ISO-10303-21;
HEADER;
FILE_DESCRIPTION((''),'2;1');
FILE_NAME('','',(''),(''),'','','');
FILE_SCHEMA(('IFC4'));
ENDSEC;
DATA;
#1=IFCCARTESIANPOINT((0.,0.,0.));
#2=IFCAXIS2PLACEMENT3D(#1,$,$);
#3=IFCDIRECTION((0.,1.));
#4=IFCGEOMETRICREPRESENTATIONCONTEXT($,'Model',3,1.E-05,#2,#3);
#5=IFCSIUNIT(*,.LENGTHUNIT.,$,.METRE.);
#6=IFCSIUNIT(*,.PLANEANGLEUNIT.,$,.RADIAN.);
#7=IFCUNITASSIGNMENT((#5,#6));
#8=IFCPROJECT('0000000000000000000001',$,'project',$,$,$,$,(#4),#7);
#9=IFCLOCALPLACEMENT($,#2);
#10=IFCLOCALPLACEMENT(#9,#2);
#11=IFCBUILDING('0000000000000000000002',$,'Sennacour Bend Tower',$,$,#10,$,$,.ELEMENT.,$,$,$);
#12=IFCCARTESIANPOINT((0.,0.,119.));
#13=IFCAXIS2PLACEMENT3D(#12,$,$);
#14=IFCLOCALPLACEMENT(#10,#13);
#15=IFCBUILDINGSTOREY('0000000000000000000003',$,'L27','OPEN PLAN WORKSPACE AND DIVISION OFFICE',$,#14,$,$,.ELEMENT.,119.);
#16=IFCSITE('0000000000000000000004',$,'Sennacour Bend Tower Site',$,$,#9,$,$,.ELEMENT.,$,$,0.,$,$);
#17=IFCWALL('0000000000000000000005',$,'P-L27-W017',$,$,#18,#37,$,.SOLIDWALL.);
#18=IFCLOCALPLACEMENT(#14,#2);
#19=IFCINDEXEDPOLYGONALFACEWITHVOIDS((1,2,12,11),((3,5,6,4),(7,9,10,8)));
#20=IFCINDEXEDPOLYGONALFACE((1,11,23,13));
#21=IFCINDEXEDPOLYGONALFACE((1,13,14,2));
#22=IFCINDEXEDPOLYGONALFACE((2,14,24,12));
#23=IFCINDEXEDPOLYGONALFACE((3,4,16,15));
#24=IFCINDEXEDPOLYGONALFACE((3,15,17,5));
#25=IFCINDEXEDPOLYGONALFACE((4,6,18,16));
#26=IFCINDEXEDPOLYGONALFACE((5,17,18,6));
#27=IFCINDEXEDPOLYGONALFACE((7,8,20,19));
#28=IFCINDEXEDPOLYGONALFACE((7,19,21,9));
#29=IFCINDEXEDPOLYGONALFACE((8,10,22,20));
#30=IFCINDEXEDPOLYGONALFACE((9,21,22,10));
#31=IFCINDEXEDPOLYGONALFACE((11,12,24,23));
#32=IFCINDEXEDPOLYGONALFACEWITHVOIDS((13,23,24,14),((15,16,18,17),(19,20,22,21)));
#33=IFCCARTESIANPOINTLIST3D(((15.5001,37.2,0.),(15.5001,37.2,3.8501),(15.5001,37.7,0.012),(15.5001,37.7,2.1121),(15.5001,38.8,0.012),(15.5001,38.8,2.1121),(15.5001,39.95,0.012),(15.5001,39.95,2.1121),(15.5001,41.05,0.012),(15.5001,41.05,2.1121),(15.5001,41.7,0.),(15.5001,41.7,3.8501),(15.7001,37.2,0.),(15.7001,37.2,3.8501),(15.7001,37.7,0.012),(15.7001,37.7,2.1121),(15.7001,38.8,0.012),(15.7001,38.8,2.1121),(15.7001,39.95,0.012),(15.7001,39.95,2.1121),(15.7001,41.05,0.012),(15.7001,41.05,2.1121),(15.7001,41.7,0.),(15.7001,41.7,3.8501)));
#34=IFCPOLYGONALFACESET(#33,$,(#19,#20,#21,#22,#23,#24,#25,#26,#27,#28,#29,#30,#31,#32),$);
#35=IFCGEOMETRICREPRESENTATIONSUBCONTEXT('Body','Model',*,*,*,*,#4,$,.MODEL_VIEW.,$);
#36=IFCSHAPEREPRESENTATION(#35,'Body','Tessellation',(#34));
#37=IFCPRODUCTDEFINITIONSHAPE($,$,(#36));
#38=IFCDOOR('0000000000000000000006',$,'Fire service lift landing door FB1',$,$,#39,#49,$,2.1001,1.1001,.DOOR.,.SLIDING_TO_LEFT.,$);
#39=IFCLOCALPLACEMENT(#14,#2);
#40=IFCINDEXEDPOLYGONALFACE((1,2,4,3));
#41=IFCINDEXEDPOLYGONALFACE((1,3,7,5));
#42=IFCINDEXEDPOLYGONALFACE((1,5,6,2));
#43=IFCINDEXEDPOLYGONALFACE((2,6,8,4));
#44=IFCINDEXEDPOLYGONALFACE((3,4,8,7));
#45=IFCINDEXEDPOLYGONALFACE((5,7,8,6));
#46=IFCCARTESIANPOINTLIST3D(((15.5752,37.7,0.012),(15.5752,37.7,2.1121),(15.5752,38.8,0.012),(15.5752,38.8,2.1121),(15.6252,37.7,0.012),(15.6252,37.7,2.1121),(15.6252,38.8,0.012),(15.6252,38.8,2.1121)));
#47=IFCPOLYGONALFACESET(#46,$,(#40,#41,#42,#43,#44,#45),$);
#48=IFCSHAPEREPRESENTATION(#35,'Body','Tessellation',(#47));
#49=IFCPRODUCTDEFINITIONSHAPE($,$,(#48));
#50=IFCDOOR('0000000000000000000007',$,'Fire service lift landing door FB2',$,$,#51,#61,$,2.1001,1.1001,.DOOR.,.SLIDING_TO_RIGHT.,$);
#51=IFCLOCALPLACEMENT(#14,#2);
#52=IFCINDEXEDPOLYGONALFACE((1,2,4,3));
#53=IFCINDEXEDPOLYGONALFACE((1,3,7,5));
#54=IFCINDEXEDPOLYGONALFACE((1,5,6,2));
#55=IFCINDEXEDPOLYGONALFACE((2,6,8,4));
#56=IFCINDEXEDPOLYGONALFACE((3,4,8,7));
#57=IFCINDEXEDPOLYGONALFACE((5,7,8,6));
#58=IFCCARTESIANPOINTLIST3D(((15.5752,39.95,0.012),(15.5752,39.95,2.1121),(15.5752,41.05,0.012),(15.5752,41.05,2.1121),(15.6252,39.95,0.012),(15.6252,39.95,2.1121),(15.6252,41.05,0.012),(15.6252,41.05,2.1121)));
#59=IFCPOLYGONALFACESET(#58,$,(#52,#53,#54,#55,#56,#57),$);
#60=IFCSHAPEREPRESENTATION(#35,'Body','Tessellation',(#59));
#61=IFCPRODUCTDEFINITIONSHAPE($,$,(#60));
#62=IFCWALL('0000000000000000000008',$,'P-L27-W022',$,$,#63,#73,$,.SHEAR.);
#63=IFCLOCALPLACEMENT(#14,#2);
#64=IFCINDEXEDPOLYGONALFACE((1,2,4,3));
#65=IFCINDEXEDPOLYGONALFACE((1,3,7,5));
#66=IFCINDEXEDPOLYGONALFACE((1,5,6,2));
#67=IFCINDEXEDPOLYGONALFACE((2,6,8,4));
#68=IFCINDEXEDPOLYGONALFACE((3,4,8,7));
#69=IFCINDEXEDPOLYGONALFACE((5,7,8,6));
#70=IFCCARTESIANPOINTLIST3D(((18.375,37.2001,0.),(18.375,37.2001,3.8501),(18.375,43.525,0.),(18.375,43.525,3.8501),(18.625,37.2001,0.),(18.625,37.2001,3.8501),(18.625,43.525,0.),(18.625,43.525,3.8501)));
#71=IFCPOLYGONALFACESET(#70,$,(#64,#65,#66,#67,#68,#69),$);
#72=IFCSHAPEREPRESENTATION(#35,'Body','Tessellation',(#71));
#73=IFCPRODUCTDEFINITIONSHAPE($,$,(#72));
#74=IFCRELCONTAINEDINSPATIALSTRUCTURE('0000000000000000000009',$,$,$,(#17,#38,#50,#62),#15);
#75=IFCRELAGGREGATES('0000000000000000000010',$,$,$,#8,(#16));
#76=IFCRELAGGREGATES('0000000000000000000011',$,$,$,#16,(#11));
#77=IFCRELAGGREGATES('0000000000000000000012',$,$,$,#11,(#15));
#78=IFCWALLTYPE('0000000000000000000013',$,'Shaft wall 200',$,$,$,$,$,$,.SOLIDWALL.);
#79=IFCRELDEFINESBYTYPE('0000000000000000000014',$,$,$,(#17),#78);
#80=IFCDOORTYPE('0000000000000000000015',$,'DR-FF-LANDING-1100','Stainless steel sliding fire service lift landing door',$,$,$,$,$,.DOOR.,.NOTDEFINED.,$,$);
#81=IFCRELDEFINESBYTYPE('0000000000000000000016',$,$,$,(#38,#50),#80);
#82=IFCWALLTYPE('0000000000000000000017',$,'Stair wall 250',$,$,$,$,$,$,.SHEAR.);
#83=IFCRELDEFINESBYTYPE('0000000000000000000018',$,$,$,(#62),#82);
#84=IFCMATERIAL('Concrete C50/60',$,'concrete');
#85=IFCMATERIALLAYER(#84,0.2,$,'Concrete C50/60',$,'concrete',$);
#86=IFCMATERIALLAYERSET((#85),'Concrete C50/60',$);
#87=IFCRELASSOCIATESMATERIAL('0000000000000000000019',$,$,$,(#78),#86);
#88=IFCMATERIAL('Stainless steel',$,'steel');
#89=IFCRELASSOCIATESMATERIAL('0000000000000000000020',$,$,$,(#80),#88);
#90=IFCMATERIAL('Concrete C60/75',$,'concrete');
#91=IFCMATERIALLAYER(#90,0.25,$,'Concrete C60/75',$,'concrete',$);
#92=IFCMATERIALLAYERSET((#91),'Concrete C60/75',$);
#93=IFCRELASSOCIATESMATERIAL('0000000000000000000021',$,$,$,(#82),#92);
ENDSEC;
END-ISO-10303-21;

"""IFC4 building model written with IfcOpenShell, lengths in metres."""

from ifc_helpers import new_model, si_unit, direction, frame, frame_2d, origin, place, context, subcontext, project, spatial, rectangle, extrude, material, layer, layer_set, type_object, element, fill, save


model = new_model("IFC4")

# Units and contexts
model_context = context("Model", 3, precision=1e-05, world=origin(), true_north=direction((0.0, 1.0)))
body_context = subcontext(model_context, "Body", "Model", "MODEL_VIEW")
ifc_project = project(units=[si_unit("LENGTHUNIT", "METRE"), si_unit("PLANEANGLEUNIT", "RADIAN")], contexts=[model_context])

# Site, building, storey
site_placement = place(None, origin())
site = spatial("IfcSite", under=ifc_project, at=site_placement, Name="Sennacour Bend Tower Site", CompositionType="ELEMENT", RefElevation=0.0)
building_placement = place(site_placement, origin())
building = spatial("IfcBuilding", under=site, at=building_placement, Name="Sennacour Bend Tower", CompositionType="ELEMENT")
storey_placement = place(building_placement, frame((0.0, 0.0, 119.0)))
storey = spatial("IfcBuildingStorey", under=building, at=storey_placement, Name="L27", Description="OPEN PLAN WORKSPACE AND DIVISION OFFICE", CompositionType="ELEMENT", Elevation=119.0)

# Wall, openings, doors
ifc_material_1 = material(Name="Concrete C50/60", Category="concrete")
ifc_layer_1 = layer(ifc_material_1, 0.2, Name="Concrete C50/60", Category="concrete")
ifc_layer_set_1 = layer_set([ifc_layer_1], Name="Concrete C50/60")
wall_type_1 = type_object("IfcWallType", Name="Shaft wall 200", PredefinedType="SOLIDWALL", material=ifc_layer_set_1)
ifc_material_2 = material(Name="Stainless steel", Category="steel")
wall_1_placement = place(storey_placement, frame((15.6001, 37.2, 0.0), z_axis=(0.0, 0.0, 1.0), x_axis=(0.0, 1.0, 0.0)))
wall_1 = element("IfcWall", 1, at=wall_1_placement, inside=storey, type_object=wall_type_1, Name="P-L27-W017", PredefinedType="SOLIDWALL", context=body_context, shape_type="SweptSolid", body=[
    extrude(rectangle(XDim=4.5, YDim=0.2, at=frame_2d((2.25, 0.0))), origin(), (0.0, 0.0, 1.0), 3.8501),
])
opening_1_placement = place(wall_1_placement, frame((0.5, 0.0, 0.012)))
opening_1 = element("IfcOpeningElement", 2, at=opening_1_placement, cuts=wall_1, PredefinedType="OPENING", context=body_context, shape_type="SweptSolid", body=[
    extrude(rectangle(XDim=1.1001, YDim=2.1001, at=frame_2d((0.55, 1.05))), frame((0.0, 0.1099, 0.0), z_axis=(0.0, -1.0, 0.0), x_axis=(1.0, 0.0, 0.0)), (0.0, 0.0, 1.0), 0.22),
])
opening_2_placement = place(wall_1_placement, frame((2.75, 0.0, 0.012)))
opening_2 = element("IfcOpeningElement", 3, at=opening_2_placement, cuts=wall_1, PredefinedType="OPENING", context=body_context, shape_type="SweptSolid", body=[
    extrude(rectangle(XDim=1.1001, YDim=2.1001, at=frame_2d((0.55, 1.05))), frame((0.0, 0.1099, 0.0), z_axis=(0.0, -1.0, 0.0), x_axis=(1.0, 0.0, 0.0)), (0.0, 0.0, 1.0), 0.22),
])
door_type_1 = type_object("IfcDoorType", Name="DR-FF-LANDING-1100", Description="Stainless steel sliding fire service lift landing door", OperationType="NOTDEFINED", PredefinedType="DOOR", material=ifc_material_2)
door_1_placement = place(opening_1_placement, origin())
door_1 = element("IfcDoor", 4, at=door_1_placement, inside=storey, type_object=door_type_1, Name="Fire service lift landing door FB1", OperationType="SLIDING_TO_LEFT", OverallHeight=2.1001, OverallWidth=1.1001, PredefinedType="DOOR", context=body_context, shape_type="SweptSolid", body=[
    extrude(rectangle(XDim=1.1001, YDim=2.1001, at=frame_2d((0.55, 1.05))), frame((0.0, 0.0249, 0.0), z_axis=(0.0, -1.0, 0.0), x_axis=(1.0, 0.0, 0.0)), (0.0, 0.0, 1.0), 0.05),
])
fill(opening_1, door_1)
door_2_placement = place(opening_2_placement, origin())
door_2 = element("IfcDoor", 5, at=door_2_placement, inside=storey, type_object=door_type_1, Name="Fire service lift landing door FB2", OperationType="SLIDING_TO_RIGHT", OverallHeight=2.1001, OverallWidth=1.1001, PredefinedType="DOOR", context=body_context, shape_type="SweptSolid", body=[
    extrude(rectangle(XDim=1.1001, YDim=2.1001, at=frame_2d((0.55, 1.05))), frame((0.0, 0.0249, 0.0), z_axis=(0.0, -1.0, 0.0), x_axis=(1.0, 0.0, 0.0)), (0.0, 0.0, 1.0), 0.05),
])
fill(opening_2, door_2)

# Wall
ifc_material_3 = material(Name="Concrete C60/75", Category="concrete")
ifc_layer_2 = layer(ifc_material_3, 0.25, Name="Concrete C60/75", Category="concrete")
ifc_layer_set_2 = layer_set([ifc_layer_2], Name="Concrete C60/75")
wall_type_2 = type_object("IfcWallType", Name="Stair wall 250", PredefinedType="SHEAR", material=ifc_layer_set_2)
wall_2_placement = place(storey_placement, frame((18.5, 37.2, 0.0), z_axis=(0.0, 0.0, 1.0), x_axis=(0.0, 1.0, 0.0)))
element("IfcWall", 6, at=wall_2_placement, inside=storey, type_object=wall_type_2, Name="P-L27-W022", PredefinedType="SHEAR", context=body_context, shape_type="SweptSolid", body=[
    extrude(rectangle(XDim=6.325, YDim=0.25, at=frame_2d((3.1626, 0.0))), origin(), (0.0, 0.0, 1.0), 3.8501),
])

save(model, "model.ifc")
